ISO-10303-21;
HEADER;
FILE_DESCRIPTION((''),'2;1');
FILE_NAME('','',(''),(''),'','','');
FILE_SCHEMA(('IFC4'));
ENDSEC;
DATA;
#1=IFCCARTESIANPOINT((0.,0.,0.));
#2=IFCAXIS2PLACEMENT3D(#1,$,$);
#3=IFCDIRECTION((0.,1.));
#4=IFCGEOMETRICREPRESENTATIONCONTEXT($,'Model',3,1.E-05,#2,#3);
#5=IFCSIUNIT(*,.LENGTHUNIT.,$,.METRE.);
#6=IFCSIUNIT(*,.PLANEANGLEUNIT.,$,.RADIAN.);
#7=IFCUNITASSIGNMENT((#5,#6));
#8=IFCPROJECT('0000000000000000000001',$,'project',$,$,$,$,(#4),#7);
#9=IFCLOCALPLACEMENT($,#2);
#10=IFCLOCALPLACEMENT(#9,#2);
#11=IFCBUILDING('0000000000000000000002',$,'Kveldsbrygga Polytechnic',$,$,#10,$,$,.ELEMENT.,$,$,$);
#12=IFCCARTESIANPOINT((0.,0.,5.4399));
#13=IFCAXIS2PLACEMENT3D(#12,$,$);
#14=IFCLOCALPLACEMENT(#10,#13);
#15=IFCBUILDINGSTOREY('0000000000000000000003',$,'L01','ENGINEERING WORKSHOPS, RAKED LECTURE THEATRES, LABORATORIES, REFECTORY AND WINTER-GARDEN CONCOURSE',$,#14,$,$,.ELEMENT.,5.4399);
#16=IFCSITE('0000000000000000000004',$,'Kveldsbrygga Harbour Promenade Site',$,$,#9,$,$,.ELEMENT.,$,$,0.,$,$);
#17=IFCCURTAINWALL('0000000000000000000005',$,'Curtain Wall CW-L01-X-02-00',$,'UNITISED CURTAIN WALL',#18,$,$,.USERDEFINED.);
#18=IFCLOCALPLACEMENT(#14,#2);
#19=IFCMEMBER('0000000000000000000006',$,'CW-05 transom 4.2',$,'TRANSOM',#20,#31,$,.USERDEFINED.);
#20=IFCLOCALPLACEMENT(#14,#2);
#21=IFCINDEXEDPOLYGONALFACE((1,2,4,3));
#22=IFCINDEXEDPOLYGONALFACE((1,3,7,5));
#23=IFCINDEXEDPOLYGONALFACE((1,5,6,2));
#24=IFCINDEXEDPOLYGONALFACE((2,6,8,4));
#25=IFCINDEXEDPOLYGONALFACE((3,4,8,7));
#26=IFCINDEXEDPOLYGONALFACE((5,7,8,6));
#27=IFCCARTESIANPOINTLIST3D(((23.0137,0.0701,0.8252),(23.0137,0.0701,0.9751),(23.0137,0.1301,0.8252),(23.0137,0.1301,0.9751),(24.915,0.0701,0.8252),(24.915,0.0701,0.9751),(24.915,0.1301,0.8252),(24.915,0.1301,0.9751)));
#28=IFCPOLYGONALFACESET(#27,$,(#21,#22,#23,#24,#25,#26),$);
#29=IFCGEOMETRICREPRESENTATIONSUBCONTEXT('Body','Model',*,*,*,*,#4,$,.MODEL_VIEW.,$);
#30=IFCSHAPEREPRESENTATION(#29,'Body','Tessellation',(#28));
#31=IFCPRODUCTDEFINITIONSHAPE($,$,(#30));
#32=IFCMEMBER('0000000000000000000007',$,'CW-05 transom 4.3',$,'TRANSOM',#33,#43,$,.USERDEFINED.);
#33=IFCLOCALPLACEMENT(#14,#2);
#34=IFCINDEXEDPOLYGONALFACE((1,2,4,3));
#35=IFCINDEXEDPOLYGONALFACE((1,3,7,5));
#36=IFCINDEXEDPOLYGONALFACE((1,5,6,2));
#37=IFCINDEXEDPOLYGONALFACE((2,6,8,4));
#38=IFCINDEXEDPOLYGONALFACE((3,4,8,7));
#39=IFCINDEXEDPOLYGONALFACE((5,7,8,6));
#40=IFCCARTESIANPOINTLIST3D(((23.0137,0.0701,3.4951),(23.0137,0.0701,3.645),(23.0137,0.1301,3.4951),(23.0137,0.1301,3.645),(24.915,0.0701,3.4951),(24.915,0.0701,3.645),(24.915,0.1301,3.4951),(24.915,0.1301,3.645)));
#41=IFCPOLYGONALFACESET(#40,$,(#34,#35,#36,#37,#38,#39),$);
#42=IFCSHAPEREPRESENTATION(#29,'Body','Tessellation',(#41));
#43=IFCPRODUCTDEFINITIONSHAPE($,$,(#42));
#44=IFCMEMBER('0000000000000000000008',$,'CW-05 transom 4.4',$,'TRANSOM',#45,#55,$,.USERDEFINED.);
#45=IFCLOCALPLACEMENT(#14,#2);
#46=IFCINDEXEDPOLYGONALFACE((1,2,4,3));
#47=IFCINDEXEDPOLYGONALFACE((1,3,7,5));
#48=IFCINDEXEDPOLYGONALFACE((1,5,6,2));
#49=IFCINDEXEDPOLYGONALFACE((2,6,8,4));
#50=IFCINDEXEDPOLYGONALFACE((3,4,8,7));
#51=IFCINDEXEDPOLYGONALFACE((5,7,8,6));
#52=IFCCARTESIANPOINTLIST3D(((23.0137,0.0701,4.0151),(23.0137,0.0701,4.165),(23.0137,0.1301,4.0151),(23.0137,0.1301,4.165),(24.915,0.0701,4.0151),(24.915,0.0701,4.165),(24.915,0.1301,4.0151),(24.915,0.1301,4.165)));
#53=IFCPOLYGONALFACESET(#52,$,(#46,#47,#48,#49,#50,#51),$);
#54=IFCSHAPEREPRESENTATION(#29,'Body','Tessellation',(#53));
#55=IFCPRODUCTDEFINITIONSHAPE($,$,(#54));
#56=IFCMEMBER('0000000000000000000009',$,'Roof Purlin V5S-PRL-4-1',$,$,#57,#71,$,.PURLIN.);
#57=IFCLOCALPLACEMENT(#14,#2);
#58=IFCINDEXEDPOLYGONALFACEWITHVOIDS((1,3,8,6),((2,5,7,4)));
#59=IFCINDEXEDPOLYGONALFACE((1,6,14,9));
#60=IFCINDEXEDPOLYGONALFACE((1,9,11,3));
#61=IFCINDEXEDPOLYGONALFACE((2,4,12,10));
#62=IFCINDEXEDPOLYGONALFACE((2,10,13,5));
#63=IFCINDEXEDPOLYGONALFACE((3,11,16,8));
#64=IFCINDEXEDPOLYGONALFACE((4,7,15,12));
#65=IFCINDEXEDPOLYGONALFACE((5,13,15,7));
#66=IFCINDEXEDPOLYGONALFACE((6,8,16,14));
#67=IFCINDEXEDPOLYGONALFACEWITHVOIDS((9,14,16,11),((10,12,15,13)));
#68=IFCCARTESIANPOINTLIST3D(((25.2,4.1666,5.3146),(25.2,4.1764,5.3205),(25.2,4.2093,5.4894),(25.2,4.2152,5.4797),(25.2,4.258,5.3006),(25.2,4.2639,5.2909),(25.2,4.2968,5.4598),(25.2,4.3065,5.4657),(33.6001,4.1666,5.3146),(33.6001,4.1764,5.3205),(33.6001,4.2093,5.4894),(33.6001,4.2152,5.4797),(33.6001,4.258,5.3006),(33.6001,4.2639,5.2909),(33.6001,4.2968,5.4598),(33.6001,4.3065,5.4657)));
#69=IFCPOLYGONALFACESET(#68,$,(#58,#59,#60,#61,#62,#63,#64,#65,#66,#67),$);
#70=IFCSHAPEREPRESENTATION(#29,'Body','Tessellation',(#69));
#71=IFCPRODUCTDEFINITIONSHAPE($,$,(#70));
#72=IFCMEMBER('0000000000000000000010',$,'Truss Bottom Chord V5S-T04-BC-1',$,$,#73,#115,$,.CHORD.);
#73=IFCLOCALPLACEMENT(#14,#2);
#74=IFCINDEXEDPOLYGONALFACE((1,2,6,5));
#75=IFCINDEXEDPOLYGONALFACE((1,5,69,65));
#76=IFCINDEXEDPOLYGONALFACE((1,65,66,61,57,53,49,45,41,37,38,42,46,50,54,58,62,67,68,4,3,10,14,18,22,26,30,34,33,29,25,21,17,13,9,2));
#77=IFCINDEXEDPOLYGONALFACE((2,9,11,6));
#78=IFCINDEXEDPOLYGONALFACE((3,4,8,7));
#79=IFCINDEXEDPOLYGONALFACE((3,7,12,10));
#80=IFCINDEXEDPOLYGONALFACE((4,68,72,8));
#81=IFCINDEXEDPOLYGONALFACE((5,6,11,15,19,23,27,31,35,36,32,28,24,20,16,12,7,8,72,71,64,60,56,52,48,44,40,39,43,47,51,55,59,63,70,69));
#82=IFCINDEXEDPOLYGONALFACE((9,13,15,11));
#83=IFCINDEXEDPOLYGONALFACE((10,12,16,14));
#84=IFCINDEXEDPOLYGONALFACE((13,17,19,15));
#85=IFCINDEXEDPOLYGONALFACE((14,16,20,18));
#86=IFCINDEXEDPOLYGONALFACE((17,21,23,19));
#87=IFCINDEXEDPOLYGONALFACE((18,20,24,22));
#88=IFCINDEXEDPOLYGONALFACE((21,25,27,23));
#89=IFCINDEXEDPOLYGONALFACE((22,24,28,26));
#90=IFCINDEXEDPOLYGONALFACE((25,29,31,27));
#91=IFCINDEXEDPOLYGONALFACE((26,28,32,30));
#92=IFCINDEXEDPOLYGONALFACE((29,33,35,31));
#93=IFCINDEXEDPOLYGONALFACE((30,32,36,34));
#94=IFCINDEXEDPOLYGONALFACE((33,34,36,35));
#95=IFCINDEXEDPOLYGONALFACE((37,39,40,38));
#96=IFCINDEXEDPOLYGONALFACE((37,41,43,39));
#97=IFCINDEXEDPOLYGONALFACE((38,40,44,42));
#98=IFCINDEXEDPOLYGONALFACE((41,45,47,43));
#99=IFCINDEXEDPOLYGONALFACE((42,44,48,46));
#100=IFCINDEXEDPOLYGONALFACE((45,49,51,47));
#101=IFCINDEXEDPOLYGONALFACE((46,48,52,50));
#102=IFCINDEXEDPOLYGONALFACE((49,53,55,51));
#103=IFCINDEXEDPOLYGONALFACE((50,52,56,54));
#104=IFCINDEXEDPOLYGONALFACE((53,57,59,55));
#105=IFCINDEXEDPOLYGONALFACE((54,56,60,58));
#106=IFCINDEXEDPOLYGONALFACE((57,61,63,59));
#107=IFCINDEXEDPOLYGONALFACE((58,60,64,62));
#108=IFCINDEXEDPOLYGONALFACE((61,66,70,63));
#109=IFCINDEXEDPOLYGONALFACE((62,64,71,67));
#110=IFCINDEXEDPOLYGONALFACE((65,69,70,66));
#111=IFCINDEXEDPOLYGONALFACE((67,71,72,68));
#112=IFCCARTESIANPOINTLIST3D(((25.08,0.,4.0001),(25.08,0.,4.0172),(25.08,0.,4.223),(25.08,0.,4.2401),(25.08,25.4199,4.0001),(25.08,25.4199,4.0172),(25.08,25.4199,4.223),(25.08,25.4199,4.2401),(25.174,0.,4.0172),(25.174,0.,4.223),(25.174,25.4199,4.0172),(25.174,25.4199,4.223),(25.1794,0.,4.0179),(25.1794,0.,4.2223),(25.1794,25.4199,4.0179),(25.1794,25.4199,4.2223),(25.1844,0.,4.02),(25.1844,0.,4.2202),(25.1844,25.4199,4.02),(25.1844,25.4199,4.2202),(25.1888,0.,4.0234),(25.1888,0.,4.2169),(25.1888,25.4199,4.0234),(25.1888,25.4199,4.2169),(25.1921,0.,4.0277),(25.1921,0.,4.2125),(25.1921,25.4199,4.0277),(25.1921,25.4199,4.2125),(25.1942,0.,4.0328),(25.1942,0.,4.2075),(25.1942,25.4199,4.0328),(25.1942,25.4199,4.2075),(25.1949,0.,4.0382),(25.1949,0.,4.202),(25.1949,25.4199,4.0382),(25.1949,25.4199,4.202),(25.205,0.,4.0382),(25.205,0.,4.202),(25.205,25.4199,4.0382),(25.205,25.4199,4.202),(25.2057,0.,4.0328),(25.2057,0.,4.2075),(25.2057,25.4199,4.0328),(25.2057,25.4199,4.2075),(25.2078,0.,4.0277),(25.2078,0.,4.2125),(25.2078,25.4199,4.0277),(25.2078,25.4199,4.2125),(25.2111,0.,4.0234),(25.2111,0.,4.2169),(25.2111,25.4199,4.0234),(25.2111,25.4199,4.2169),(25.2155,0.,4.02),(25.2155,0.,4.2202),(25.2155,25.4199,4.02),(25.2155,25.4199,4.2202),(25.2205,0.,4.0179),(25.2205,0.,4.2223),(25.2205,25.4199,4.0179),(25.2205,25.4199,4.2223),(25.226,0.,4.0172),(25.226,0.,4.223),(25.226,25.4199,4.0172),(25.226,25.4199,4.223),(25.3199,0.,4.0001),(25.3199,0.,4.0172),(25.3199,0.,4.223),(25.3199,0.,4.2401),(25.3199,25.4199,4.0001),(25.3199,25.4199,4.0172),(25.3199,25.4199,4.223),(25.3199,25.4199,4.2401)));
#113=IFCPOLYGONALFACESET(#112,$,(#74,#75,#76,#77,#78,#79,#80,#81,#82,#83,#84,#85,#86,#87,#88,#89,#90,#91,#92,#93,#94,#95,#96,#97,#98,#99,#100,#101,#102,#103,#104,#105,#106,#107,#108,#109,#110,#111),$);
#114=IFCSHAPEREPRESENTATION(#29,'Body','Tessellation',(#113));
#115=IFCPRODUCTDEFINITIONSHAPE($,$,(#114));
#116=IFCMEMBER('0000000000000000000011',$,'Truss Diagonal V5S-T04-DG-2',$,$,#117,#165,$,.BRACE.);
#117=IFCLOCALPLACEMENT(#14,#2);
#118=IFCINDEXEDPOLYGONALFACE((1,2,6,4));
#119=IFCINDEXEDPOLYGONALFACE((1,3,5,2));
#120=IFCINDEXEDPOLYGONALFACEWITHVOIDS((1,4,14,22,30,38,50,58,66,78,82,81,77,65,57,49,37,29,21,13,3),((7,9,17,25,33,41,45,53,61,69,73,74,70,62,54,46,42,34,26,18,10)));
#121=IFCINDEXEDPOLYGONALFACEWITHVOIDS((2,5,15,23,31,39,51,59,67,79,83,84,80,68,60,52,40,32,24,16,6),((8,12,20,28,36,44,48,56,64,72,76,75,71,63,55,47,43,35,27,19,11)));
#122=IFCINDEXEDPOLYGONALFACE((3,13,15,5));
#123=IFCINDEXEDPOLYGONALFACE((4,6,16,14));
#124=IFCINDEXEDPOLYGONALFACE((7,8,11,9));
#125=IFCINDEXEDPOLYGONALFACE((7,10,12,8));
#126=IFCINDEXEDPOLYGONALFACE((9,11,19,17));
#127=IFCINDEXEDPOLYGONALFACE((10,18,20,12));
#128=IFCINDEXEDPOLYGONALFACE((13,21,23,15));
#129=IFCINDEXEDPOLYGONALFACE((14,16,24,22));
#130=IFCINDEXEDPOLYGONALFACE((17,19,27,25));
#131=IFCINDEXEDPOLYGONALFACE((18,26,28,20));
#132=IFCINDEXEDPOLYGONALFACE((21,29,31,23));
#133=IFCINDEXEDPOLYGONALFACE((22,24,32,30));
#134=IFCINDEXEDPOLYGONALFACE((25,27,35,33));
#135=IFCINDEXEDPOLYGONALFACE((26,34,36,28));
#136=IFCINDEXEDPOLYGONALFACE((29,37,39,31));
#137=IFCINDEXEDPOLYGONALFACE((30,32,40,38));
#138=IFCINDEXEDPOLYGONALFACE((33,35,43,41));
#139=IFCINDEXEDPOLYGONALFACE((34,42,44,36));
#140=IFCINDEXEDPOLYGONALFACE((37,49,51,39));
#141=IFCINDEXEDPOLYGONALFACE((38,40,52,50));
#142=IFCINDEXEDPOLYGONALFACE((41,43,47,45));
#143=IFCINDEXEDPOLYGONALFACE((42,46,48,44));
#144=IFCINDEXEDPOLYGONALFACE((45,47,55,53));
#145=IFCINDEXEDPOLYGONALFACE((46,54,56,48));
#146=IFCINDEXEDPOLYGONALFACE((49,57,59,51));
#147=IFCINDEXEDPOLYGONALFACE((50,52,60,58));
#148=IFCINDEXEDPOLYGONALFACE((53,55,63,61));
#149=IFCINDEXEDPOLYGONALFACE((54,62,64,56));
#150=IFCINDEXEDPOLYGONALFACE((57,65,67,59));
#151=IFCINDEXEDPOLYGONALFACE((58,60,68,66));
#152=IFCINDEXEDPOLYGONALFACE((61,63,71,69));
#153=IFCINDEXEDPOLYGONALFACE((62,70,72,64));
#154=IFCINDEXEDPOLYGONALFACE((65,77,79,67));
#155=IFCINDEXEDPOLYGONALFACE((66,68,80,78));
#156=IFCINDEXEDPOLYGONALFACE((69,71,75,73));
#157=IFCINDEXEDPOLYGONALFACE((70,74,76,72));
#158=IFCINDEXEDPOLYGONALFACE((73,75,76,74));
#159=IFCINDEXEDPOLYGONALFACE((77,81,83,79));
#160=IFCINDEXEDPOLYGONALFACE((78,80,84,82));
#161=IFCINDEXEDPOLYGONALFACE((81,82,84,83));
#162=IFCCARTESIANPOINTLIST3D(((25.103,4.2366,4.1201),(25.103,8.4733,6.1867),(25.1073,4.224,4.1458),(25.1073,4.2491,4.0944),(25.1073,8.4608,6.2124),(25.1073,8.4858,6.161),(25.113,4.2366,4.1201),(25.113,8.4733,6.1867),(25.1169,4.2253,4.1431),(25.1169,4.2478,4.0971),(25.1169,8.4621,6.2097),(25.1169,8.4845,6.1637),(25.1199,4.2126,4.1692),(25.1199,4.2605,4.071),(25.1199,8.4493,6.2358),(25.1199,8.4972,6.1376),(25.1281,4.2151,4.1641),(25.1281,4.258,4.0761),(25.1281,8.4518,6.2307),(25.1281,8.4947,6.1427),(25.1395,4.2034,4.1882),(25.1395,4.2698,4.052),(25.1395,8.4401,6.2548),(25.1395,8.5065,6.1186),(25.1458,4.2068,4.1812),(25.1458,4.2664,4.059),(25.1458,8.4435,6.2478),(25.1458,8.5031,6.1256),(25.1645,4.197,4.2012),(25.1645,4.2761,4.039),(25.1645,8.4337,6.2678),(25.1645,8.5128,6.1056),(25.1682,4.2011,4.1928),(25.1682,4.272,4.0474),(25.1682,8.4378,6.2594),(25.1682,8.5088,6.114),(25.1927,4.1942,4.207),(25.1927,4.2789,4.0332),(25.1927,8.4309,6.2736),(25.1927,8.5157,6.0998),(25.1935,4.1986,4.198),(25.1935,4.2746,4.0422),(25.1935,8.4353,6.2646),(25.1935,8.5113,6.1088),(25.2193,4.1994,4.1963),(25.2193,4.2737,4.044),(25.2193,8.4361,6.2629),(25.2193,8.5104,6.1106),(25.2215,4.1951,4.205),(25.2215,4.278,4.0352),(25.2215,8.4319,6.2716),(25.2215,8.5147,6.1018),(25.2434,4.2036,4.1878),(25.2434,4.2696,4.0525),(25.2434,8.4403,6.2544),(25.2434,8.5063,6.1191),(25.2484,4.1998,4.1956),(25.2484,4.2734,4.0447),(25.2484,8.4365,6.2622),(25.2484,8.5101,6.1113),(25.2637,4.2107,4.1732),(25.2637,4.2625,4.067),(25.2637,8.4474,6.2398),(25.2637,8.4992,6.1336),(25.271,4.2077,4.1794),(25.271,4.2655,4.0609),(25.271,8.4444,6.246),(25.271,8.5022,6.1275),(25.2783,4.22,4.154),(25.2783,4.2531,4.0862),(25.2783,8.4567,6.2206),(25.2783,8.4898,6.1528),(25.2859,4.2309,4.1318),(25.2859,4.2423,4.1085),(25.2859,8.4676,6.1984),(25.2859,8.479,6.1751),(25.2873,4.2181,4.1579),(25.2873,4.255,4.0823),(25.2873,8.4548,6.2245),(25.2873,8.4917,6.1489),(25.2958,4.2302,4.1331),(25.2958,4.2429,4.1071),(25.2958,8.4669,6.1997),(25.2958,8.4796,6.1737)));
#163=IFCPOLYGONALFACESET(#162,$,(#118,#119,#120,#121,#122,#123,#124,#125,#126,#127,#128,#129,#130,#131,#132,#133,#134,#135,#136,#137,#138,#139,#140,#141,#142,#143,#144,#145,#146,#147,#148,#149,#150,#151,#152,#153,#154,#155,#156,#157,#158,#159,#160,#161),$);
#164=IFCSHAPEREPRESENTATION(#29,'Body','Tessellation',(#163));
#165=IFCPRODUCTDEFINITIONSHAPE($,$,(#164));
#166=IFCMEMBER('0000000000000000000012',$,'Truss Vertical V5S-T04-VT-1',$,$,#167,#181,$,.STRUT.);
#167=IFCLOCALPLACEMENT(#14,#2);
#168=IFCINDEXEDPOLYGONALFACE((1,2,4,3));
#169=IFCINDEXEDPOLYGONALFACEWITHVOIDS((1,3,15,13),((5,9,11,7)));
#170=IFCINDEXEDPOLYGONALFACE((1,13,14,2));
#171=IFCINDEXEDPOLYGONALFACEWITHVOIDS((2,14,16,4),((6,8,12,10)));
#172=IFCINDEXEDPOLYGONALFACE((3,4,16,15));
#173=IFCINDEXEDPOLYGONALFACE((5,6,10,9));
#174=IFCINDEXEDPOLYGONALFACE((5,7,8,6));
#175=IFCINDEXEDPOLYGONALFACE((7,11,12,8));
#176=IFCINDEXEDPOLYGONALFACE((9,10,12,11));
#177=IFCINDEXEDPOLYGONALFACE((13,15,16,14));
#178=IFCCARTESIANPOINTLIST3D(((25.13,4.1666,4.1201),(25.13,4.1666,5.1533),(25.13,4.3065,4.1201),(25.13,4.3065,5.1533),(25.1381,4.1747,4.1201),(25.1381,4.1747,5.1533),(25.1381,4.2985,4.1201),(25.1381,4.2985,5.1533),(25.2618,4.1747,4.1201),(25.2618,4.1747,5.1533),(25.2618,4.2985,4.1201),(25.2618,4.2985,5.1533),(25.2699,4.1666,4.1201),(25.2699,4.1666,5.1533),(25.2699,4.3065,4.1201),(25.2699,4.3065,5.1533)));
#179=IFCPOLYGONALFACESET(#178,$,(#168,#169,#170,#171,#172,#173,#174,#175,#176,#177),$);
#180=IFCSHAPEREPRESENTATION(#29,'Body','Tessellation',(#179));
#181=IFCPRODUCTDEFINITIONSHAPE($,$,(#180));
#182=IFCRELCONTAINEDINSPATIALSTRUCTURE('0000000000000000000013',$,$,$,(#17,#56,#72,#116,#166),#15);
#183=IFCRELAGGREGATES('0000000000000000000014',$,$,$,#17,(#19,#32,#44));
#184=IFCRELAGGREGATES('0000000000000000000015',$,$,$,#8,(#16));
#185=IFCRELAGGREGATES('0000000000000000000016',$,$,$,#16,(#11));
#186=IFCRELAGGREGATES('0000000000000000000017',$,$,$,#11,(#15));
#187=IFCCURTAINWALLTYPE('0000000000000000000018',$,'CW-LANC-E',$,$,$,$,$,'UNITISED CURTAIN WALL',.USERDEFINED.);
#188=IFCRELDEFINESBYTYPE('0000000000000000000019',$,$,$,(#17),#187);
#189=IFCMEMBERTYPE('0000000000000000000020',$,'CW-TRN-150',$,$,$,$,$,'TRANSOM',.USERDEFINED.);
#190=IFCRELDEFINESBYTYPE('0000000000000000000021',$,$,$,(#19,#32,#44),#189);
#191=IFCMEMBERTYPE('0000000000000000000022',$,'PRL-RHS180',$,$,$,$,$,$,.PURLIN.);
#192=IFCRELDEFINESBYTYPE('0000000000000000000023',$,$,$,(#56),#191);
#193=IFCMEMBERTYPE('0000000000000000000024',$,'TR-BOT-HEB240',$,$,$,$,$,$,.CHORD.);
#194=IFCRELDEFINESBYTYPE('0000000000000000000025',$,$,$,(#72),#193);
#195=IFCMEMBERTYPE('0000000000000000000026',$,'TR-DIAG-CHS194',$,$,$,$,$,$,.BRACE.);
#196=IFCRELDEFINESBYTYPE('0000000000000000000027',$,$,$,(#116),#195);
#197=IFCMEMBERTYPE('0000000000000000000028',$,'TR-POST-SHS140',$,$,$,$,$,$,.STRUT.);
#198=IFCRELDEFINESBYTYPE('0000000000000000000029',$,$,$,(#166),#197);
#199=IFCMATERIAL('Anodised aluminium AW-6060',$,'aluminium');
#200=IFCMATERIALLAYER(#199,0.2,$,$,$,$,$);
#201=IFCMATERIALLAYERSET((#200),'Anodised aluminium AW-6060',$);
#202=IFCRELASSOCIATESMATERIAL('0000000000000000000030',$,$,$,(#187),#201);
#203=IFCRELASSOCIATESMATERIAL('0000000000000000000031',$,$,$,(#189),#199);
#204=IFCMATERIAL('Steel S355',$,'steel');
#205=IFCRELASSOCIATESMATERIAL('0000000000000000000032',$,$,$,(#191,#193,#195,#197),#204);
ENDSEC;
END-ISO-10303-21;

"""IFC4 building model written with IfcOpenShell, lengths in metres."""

from ifc_helpers import new_model, si_unit, direction, frame, origin, origin_2d, place, context, subcontext, project, spatial, rectangle, hollow_rectangle, hollow_circle, i_section, extrude, material, layer, layer_set, material_profile, profile_set, type_object, element, aggregate, save


model = new_model("IFC4")

# Units and contexts
model_context = context("Model", 3, precision=1e-05, world=origin(), true_north=direction((0.0, 1.0)))
body_context = subcontext(model_context, "Body", "Model", "MODEL_VIEW")
ifc_project = project(units=[si_unit("LENGTHUNIT", "METRE"), si_unit("PLANEANGLEUNIT", "RADIAN")], contexts=[model_context])

# Site, building, storey
site_placement = place(None, origin())
site = spatial("IfcSite", under=ifc_project, at=site_placement, Name="Kveldsbrygga Harbour Promenade Site", CompositionType="ELEMENT", RefElevation=0.0)
building_placement = place(site_placement, origin())
building = spatial("IfcBuilding", under=site, at=building_placement, Name="Kveldsbrygga Polytechnic", CompositionType="ELEMENT")
storey_placement = place(building_placement, frame((0.0, 0.0, 5.4399)))
storey = spatial("IfcBuildingStorey", under=building, at=storey_placement, Name="L01", Description="ENGINEERING WORKSHOPS, RAKED LECTURE THEATRES, LABORATORIES, REFECTORY AND WINTER-GARDEN CONCOURSE", CompositionType="ELEMENT", Elevation=5.4399)

# Curtain wall, members
ifc_material_1 = material(Name="Anodised aluminium AW-6060", Category="aluminium")
ifc_layer_1 = layer(ifc_material_1, 0.2)
ifc_layer_set_1 = layer_set([ifc_layer_1], Name="Anodised aluminium AW-6060")
curtain_wall_type = type_object("IfcCurtainWallType", Name="CW-LANC-E", ElementType="UNITISED CURTAIN WALL", PredefinedType="USERDEFINED", material=ifc_layer_set_1)
curtain_wall_placement = place(storey_placement, origin())
curtain_wall = element("IfcCurtainWall", 1, at=curtain_wall_placement, inside=storey, type_object=curtain_wall_type, Name="Curtain Wall CW-L01-X-02-00", ObjectType="UNITISED CURTAIN WALL", PredefinedType="USERDEFINED")
ifc_material_profile_1 = material_profile(ifc_material_1, rectangle(XDim=0.0601, YDim=0.1499, at=origin_2d()), Name="ALU 60x150")
ifc_profile_set_1 = profile_set([ifc_material_profile_1], Name="Anodised aluminium AW-6060")
member_type_1 = type_object("IfcMemberType", Name="CW-TRN-150", ElementType="TRANSOM", PredefinedType="USERDEFINED", material=ifc_profile_set_1)
member_1_placement = place(storey_placement, frame((23.0137, 0.1001, 0.9001), z_axis=(1.0, 0.0, 0.0), x_axis=(0.0, 1.0, 0.0)))
member_1 = element("IfcMember", 2, at=member_1_placement, type_object=member_type_1, Name="CW-05 transom 4.2", ObjectType="TRANSOM", PredefinedType="USERDEFINED", context=body_context, shape_type="SweptSolid", body=[
    extrude(rectangle(XDim=0.0601, YDim=0.1499, at=origin_2d()), origin(), (0.0, 0.0, 1.0), 1.9014),
])
member_2_placement = place(storey_placement, frame((23.0137, 0.1001, 3.5701), z_axis=(1.0, 0.0, 0.0), x_axis=(0.0, 1.0, 0.0)))
member_2 = element("IfcMember", 3, at=member_2_placement, type_object=member_type_1, Name="CW-05 transom 4.3", ObjectType="TRANSOM", PredefinedType="USERDEFINED", context=body_context, shape_type="SweptSolid", body=[
    extrude(rectangle(XDim=0.0601, YDim=0.1499, at=origin_2d()), origin(), (0.0, 0.0, 1.0), 1.9014),
])
member_3_placement = place(storey_placement, frame((23.0137, 0.1001, 4.0901), z_axis=(1.0, 0.0, 0.0), x_axis=(0.0, 1.0, 0.0)))
member_3 = element("IfcMember", 4, at=member_3_placement, type_object=member_type_1, Name="CW-05 transom 4.4", ObjectType="TRANSOM", PredefinedType="USERDEFINED", context=body_context, shape_type="SweptSolid", body=[
    extrude(rectangle(XDim=0.0601, YDim=0.1499, at=origin_2d()), origin(), (0.0, 0.0, 1.0), 1.9014),
])

# Members
ifc_material_2 = material(Name="Steel S355", Category="steel")
ifc_material_profile_2 = material_profile(ifc_material_2, hollow_rectangle(XDim=0.1001, YDim=0.1799, WallThickness=0.0081, at=origin_2d()), Name="RHS 180x100x8.0")
ifc_profile_set_2 = profile_set([ifc_material_profile_2], Name="Steel S355")
member_type_2 = type_object("IfcMemberType", Name="PRL-RHS180", PredefinedType="PURLIN", material=ifc_profile_set_2)
member_4_placement = place(storey_placement, frame((25.2, 4.2366, 5.3901), z_axis=(1.0, 0.0, 0.0), x_axis=(0.0, 0.97152, -0.236957)))
element("IfcMember", 5, at=member_4_placement, inside=storey, type_object=member_type_2, Name="Roof Purlin V5S-PRL-4-1", PredefinedType="PURLIN", context=body_context, shape_type="SweptSolid", body=[
    extrude(hollow_rectangle(XDim=0.1001, YDim=0.1799, WallThickness=0.0081, at=origin_2d()), origin(), (0.0, 0.0, 1.0), 8.4001),
])
ifc_material_profile_3 = material_profile(ifc_material_2, i_section(OverallWidth=0.24, OverallDepth=0.24, WebThickness=0.01, FlangeThickness=0.0171, FilletRadius=0.021, at=origin_2d()), Name="HEB 240")
ifc_profile_set_3 = profile_set([ifc_material_profile_3], Name="Steel S355")
member_type_3 = type_object("IfcMemberType", Name="TR-BOT-HEB240", PredefinedType="CHORD", material=ifc_profile_set_3)
member_5_placement = place(storey_placement, frame((25.2, 0.0, 4.1201), z_axis=(0.0, 1.0, 0.0), x_axis=(-1.0, 0.0, 0.0)))
element("IfcMember", 6, at=member_5_placement, inside=storey, type_object=member_type_3, Name="Truss Bottom Chord V5S-T04-BC-1", PredefinedType="CHORD", context=body_context, shape_type="SweptSolid", body=[
    extrude(i_section(OverallWidth=0.24, OverallDepth=0.24, WebThickness=0.01, FlangeThickness=0.0171, FilletRadius=0.021, at=origin_2d()), origin(), (0.0, 0.0, 1.0), 25.4199),
])
ifc_material_profile_4 = material_profile(ifc_material_2, hollow_circle(Radius=0.0969, WallThickness=0.01, at=origin_2d()), Name="CHS 193.7x10.0")
ifc_profile_set_4 = profile_set([ifc_material_profile_4], Name="Steel S355")
member_type_4 = type_object("IfcMemberType", Name="TR-DIAG-CHS194", PredefinedType="BRACE", material=ifc_profile_set_4)
member_6_placement = place(storey_placement, frame((25.2, 4.2366, 4.1201), z_axis=(0.0, 0.898776, 0.438408), x_axis=(-1.0, 0.0, 0.0)))
element("IfcMember", 7, at=member_6_placement, inside=storey, type_object=member_type_4, Name="Truss Diagonal V5S-T04-DG-2", PredefinedType="BRACE", context=body_context, shape_type="SweptSolid", body=[
    extrude(hollow_circle(Radius=0.0969, WallThickness=0.01, at=origin_2d()), origin(), (0.0, 0.0, 1.0), 4.7139),
])
ifc_material_profile_5 = material_profile(ifc_material_2, hollow_rectangle(XDim=0.1399, YDim=0.1399, WallThickness=0.0081, at=origin_2d()), Name="SHS 140x140x8.0")
ifc_profile_set_5 = profile_set([ifc_material_profile_5], Name="Steel S355")
member_type_5 = type_object("IfcMemberType", Name="TR-POST-SHS140", PredefinedType="STRUT", material=ifc_profile_set_5)
member_7_placement = place(storey_placement, frame((25.2, 4.2366, 4.1201), z_axis=(0.0, 0.0, 1.0), x_axis=(1.0, 0.0, 0.0)))
element("IfcMember", 8, at=member_7_placement, inside=storey, type_object=member_type_5, Name="Truss Vertical V5S-T04-VT-1", PredefinedType="STRUT", context=body_context, shape_type="SweptSolid", body=[
    extrude(hollow_rectangle(XDim=0.1399, YDim=0.1399, WallThickness=0.0081, at=origin_2d()), origin(), (0.0, 0.0, 1.0), 1.0332),
])

aggregate(curtain_wall, [member_1, member_2, member_3])

save(model, "model.ifc")
